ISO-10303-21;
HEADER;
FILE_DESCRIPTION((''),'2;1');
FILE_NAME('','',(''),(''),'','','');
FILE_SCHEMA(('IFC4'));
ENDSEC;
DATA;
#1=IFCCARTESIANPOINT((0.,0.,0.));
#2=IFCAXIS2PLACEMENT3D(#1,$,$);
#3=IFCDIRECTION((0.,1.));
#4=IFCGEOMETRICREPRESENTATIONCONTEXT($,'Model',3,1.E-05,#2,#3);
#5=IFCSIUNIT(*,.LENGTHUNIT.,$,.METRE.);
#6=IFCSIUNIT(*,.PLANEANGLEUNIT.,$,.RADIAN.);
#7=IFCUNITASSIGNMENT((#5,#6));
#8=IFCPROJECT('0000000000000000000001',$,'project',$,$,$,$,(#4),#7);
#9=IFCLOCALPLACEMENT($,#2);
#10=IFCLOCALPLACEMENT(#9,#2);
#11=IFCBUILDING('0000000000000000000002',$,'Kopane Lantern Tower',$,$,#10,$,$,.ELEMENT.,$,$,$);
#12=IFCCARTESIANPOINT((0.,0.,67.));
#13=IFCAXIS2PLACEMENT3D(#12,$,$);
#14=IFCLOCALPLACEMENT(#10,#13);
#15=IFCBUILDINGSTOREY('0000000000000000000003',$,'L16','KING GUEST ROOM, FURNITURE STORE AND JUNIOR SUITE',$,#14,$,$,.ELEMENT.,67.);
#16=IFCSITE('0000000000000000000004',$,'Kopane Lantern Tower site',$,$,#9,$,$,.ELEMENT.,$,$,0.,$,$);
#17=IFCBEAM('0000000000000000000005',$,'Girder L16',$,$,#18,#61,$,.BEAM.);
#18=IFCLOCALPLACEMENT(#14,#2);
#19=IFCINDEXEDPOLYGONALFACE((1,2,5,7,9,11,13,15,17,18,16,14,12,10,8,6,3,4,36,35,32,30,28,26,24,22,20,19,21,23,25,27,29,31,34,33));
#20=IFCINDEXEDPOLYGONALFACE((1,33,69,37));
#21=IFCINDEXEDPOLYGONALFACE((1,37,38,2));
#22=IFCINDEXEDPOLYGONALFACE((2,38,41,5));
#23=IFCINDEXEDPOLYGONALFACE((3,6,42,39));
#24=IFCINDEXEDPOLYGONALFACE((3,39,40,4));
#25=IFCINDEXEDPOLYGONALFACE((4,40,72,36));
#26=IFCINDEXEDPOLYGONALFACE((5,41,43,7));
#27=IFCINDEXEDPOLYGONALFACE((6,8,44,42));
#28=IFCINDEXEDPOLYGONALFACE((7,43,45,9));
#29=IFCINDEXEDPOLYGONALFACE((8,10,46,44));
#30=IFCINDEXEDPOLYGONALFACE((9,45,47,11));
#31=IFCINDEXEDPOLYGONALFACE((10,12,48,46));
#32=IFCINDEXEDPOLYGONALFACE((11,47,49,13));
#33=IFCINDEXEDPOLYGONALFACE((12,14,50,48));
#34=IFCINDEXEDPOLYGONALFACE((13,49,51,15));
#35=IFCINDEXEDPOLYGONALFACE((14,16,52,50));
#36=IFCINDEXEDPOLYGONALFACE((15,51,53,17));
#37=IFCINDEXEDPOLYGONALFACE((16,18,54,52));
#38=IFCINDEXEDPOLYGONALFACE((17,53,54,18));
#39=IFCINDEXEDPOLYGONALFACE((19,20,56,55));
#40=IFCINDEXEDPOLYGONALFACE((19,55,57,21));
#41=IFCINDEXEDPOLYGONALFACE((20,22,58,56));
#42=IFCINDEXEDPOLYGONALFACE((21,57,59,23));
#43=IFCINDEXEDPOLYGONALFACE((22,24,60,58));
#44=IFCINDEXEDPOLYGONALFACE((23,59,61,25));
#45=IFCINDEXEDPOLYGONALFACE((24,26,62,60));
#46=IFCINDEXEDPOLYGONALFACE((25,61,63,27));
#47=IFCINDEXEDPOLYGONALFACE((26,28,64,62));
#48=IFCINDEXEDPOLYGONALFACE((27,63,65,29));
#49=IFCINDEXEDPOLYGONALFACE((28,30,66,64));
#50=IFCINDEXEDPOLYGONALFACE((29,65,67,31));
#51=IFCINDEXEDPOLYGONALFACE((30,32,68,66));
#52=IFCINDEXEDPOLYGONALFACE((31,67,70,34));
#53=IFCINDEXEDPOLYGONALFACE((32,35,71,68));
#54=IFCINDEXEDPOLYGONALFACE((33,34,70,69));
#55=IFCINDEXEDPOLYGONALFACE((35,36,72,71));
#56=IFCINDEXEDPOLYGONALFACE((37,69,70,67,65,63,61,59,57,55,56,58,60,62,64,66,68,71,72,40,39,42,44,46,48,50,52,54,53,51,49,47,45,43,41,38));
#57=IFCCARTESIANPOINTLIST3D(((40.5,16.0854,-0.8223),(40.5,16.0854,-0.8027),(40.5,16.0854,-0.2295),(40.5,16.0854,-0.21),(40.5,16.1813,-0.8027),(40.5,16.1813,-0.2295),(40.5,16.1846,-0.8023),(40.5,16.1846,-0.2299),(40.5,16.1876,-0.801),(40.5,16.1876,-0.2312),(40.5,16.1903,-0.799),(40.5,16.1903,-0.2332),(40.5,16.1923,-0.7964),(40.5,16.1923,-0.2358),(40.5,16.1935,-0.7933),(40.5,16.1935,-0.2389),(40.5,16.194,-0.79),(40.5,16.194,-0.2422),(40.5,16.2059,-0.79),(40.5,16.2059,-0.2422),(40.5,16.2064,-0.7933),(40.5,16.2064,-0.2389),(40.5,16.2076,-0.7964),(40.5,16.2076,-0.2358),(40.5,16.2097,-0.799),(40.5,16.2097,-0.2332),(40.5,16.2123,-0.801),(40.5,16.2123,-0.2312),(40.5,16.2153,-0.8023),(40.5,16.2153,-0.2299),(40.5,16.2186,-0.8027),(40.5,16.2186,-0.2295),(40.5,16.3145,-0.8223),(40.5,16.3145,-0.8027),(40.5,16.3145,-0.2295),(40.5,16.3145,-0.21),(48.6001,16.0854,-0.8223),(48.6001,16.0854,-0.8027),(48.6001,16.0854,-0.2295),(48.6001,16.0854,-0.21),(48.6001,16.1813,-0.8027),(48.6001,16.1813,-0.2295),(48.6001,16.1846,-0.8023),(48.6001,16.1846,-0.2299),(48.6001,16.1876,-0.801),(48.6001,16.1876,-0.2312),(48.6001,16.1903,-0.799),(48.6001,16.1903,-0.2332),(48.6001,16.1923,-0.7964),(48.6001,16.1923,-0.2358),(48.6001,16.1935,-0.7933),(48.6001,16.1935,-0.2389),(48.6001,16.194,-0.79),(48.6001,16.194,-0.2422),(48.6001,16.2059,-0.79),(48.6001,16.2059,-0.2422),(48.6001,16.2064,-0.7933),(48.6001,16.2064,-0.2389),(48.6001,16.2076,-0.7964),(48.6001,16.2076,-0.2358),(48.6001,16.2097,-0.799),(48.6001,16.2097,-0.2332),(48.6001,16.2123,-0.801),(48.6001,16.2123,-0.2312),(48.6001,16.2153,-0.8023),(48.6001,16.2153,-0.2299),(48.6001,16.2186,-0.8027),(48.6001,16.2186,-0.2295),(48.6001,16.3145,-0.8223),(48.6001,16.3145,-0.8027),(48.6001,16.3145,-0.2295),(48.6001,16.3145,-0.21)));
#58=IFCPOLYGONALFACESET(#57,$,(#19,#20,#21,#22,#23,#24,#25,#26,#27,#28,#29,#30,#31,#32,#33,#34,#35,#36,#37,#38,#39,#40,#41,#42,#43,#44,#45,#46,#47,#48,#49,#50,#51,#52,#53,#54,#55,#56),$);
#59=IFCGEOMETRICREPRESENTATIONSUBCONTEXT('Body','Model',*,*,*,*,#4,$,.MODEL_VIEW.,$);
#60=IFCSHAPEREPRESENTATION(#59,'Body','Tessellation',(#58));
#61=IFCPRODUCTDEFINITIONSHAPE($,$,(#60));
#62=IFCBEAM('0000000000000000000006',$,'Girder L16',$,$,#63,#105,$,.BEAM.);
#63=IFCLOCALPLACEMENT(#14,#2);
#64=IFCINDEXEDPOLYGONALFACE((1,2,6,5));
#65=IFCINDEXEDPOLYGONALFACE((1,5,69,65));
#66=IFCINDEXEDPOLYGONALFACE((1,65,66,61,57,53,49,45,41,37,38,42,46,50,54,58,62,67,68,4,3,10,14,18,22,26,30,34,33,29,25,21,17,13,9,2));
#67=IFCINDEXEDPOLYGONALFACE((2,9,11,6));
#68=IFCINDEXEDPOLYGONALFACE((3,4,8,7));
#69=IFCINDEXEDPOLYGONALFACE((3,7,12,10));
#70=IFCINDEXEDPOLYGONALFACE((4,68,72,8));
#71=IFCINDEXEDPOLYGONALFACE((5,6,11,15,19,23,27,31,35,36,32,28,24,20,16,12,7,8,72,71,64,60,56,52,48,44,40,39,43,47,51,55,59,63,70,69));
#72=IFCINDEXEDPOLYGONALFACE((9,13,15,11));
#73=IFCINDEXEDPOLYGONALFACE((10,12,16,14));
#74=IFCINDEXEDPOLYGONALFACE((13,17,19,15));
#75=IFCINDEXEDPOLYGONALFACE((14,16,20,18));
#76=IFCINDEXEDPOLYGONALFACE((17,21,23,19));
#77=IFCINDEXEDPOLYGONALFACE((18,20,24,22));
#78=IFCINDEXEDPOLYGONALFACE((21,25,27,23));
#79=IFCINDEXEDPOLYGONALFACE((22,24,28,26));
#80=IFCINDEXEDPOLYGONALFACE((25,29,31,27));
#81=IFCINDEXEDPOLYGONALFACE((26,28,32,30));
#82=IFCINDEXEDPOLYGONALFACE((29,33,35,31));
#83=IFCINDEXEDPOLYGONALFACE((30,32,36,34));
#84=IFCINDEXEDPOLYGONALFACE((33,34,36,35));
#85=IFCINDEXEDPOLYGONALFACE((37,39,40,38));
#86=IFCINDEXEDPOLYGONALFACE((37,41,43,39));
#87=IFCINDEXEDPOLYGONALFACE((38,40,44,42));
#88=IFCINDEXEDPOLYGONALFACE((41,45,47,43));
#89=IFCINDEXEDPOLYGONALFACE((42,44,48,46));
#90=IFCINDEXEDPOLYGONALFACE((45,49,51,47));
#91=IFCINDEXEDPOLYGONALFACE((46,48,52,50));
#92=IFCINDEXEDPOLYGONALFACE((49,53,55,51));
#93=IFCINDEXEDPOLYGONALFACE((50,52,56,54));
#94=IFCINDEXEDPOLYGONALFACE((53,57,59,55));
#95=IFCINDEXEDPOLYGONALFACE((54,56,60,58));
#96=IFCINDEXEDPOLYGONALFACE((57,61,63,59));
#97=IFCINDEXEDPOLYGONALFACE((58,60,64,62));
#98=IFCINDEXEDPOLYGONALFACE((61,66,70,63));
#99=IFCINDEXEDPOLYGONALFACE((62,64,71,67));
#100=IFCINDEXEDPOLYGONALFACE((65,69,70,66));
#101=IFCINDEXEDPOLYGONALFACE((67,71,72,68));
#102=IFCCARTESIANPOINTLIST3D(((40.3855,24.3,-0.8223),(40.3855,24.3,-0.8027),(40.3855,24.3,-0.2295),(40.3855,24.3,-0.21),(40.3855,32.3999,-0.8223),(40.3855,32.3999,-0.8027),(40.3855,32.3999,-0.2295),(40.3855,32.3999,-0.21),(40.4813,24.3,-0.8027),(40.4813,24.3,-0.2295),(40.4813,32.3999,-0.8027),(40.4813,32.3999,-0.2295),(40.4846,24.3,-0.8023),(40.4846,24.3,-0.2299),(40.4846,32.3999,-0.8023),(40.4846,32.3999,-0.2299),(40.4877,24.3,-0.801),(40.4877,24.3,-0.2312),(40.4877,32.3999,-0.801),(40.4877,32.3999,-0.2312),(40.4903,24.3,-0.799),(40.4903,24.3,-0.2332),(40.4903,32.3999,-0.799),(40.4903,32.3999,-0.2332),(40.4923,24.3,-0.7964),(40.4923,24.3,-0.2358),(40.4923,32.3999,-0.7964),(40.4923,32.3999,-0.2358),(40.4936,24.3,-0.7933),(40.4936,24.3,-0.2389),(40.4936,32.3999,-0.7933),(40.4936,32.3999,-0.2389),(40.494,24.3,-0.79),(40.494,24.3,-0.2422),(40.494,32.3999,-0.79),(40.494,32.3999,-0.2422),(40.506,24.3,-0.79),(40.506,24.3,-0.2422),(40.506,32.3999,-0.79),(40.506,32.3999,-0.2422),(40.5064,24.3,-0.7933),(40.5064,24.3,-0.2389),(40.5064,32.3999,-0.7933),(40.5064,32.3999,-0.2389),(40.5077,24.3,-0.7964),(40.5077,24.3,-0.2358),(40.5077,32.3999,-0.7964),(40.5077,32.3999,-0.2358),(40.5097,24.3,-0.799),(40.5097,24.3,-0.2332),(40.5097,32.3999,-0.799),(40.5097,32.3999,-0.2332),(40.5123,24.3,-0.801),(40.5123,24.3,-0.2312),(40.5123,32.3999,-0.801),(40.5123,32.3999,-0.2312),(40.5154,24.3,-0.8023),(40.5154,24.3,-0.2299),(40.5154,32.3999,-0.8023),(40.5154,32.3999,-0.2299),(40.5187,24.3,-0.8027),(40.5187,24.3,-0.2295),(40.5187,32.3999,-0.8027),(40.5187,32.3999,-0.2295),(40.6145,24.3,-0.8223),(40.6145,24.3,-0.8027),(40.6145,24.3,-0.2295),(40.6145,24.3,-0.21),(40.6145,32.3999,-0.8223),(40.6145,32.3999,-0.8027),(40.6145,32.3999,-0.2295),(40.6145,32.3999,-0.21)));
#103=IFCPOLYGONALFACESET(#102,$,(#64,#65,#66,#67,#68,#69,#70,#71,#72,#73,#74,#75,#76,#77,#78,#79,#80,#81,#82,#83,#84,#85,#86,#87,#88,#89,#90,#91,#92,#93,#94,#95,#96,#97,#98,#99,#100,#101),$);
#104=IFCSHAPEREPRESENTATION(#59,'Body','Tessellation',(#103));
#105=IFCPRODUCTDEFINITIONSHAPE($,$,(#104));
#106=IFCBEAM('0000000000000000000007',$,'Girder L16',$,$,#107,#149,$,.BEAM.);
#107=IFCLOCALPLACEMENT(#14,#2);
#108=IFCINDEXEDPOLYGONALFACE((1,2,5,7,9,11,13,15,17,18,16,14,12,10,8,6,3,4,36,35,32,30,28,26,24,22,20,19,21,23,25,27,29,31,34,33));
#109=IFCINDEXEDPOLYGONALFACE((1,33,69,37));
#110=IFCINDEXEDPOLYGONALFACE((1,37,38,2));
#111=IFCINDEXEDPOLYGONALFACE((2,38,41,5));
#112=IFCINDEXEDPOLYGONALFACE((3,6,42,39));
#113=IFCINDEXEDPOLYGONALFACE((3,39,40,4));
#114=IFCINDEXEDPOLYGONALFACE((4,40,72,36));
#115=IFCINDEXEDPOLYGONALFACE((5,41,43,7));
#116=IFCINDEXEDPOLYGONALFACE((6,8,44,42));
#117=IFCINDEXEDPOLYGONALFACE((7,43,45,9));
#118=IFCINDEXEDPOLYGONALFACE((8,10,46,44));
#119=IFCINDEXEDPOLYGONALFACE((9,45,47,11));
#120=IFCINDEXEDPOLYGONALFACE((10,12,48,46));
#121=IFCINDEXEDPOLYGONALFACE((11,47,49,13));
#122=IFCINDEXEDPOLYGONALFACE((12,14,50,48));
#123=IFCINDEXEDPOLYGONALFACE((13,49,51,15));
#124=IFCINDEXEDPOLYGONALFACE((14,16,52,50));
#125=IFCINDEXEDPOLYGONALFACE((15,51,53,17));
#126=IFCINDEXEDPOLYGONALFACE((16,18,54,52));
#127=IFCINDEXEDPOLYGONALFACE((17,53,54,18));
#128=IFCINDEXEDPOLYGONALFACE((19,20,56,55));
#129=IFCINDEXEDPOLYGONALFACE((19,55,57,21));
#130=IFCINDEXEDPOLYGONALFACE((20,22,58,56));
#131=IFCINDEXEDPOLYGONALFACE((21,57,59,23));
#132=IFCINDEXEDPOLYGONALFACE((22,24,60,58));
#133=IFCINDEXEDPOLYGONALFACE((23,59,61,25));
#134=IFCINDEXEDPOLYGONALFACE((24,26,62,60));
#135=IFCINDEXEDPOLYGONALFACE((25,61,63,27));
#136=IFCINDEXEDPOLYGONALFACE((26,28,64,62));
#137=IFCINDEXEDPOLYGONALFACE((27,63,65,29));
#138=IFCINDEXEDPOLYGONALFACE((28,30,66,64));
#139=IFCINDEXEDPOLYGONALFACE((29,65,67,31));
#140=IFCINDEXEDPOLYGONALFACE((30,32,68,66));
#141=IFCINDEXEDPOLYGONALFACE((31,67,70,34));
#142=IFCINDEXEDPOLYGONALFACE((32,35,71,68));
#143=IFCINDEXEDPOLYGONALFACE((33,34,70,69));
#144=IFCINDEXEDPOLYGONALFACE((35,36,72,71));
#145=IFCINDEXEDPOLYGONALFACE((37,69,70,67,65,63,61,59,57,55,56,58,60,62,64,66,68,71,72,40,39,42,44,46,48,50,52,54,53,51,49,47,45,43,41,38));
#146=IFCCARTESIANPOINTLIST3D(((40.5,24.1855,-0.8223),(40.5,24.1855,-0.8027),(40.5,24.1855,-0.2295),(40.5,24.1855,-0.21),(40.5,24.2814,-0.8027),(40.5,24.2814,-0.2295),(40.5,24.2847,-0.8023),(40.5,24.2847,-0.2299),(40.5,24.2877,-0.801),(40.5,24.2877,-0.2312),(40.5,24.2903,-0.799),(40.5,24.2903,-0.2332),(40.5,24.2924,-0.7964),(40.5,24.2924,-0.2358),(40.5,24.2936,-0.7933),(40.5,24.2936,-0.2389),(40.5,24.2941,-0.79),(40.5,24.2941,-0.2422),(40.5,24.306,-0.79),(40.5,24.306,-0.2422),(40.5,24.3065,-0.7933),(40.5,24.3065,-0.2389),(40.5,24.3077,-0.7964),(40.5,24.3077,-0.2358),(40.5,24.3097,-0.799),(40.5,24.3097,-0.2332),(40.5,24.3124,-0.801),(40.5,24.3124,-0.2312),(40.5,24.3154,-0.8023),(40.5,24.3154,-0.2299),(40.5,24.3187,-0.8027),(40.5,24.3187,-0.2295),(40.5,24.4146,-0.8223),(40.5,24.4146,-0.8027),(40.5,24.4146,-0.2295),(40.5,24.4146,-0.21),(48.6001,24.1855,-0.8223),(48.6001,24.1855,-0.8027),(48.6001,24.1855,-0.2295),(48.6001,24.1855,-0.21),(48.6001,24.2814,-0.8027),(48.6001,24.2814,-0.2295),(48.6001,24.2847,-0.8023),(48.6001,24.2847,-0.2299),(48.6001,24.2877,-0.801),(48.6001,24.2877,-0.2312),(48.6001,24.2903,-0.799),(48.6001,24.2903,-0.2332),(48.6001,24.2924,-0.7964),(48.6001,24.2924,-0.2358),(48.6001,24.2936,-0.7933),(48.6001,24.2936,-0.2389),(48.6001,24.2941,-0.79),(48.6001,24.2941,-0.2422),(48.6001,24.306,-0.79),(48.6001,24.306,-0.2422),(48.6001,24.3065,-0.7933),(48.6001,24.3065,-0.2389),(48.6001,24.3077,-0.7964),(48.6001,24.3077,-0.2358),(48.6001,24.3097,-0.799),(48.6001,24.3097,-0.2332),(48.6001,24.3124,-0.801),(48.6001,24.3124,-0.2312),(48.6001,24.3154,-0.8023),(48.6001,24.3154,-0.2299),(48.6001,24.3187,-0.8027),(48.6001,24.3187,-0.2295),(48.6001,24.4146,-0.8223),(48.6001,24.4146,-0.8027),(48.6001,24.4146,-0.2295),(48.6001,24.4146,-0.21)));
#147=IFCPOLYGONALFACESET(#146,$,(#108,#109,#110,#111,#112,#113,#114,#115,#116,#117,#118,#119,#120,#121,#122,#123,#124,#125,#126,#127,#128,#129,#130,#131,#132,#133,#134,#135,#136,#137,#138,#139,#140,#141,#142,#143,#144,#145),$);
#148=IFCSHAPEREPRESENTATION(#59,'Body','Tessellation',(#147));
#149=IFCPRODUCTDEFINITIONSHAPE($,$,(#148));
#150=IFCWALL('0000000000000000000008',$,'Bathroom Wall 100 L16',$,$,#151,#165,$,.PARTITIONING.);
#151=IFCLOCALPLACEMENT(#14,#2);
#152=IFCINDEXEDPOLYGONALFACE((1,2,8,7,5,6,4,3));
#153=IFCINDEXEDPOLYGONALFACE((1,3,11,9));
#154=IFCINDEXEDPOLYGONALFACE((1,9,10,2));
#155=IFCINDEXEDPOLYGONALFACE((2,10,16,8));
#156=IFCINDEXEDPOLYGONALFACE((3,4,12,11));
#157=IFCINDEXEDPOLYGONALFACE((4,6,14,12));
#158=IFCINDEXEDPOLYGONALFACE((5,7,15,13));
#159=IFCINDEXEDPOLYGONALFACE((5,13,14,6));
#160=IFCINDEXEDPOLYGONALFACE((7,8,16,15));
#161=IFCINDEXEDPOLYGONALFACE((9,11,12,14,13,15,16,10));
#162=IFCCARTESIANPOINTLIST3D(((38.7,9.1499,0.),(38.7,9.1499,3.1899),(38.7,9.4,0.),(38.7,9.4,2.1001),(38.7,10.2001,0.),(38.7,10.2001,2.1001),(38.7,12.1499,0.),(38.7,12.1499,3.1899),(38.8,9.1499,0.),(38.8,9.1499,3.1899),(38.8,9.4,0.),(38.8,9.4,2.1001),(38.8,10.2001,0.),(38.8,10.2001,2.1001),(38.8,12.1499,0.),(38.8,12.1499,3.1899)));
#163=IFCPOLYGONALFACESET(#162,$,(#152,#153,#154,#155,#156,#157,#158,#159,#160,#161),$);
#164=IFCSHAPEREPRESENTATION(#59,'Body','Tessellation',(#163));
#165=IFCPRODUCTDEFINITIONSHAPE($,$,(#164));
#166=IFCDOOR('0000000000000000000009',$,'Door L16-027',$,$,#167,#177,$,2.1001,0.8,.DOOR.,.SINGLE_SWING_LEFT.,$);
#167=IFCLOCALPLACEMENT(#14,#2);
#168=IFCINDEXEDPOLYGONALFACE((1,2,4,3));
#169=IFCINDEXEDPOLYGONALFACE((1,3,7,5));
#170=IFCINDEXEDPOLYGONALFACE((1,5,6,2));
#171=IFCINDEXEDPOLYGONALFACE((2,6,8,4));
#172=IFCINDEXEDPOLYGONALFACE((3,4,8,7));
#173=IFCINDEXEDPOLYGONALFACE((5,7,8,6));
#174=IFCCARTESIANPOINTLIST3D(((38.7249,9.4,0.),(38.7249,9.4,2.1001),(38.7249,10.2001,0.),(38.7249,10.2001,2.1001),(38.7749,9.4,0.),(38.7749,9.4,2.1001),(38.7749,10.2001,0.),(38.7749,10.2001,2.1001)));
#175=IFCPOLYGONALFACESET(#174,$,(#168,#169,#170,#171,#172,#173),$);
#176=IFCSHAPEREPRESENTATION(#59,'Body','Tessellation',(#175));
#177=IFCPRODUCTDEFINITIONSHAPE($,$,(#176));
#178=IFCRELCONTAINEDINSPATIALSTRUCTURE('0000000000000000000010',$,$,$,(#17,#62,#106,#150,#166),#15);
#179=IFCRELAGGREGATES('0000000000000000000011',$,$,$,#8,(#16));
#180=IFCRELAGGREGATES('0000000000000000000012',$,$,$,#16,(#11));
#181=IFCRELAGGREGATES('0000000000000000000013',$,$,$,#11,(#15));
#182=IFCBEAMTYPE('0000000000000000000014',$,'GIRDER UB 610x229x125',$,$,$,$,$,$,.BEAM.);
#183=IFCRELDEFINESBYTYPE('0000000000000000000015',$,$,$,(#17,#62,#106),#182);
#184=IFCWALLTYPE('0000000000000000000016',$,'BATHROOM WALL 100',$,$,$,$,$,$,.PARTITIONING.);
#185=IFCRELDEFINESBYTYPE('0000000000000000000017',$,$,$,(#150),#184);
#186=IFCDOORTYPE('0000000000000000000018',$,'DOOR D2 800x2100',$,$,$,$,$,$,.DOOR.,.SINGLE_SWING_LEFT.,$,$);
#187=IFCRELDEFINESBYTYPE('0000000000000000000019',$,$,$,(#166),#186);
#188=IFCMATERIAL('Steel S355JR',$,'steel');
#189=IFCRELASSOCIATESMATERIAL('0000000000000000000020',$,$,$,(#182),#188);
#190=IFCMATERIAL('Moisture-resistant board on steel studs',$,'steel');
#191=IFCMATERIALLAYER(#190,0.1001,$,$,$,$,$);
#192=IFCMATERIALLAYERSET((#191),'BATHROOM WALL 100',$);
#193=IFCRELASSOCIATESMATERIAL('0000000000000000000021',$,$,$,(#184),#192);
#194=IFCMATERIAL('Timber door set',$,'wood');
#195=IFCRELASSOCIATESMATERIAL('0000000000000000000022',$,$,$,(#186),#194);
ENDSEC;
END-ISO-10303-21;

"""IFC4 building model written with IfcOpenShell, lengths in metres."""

from ifc_helpers import new_model, si_unit, direction, frame, frame_2d, origin, origin_2d, place, context, subcontext, project, spatial, rectangle, i_section, extrude, material, layer, layer_set, material_profile, profile_set, type_object, element, fill, save


model = new_model("IFC4")

# Units and contexts
model_context = context("Model", 3, precision=1e-05, world=origin(), true_north=direction((0.0, 1.0)))
body_context = subcontext(model_context, "Body", "Model", "MODEL_VIEW")
ifc_project = project(units=[si_unit("LENGTHUNIT", "METRE"), si_unit("PLANEANGLEUNIT", "RADIAN")], contexts=[model_context])

# Site, building, storey
site_placement = place(None, origin())
site = spatial("IfcSite", under=ifc_project, at=site_placement, Name="Kopane Lantern Tower site", CompositionType="ELEMENT", RefElevation=0.0)
building_placement = place(site_placement, origin())
building = spatial("IfcBuilding", under=site, at=building_placement, Name="Kopane Lantern Tower", CompositionType="ELEMENT")
storey_placement = place(building_placement, frame((0.0, 0.0, 67.0)))
storey = spatial("IfcBuildingStorey", under=building, at=storey_placement, Name="L16", Description="KING GUEST ROOM, FURNITURE STORE AND JUNIOR SUITE", CompositionType="ELEMENT", Elevation=67.0)

# Beams
ifc_material_1 = material(Name="Steel S355JR", Category="steel")
ifc_material_profile_1 = material_profile(ifc_material_1, i_section(OverallWidth=0.229, OverallDepth=0.6123, WebThickness=0.012, FlangeThickness=0.0195, FilletRadius=0.0127, at=origin_2d()), Name="UB 610x229x125")
ifc_profile_set_1 = profile_set([ifc_material_profile_1], Name="Steel S355JR")
beam_type_1 = type_object("IfcBeamType", Name="GIRDER UB 610x229x125", PredefinedType="BEAM", material=ifc_profile_set_1)
for number, where, z_axis, x_axis, name in (
    (1, (40.5, 16.2, -0.5161), (1.0, 0.0, 0.0), (0.0, 1.0, 0.0), "Girder L16"),
):
    element("IfcBeam", number, at=place(storey_placement, frame(where, z_axis=z_axis, x_axis=x_axis)), inside=storey, type_object=beam_type_1, Name=name, PredefinedType="BEAM", context=body_context, shape_type="SweptSolid", body=[
        extrude(i_section(OverallWidth=0.229, OverallDepth=0.6123, WebThickness=0.012, FlangeThickness=0.0195, FilletRadius=0.0127, at=origin_2d()), origin(), (0.0, 0.0, 1.0), 8.1001),
    ])
beam_1_placement = place(storey_placement, frame((40.5, 24.3, -0.5161), z_axis=(0.0, 1.0, 0.0), x_axis=(-1.0, 0.0, 0.0)))
element("IfcBeam", 2, at=beam_1_placement, inside=storey, type_object=beam_type_1, Name="Girder L16", PredefinedType="BEAM", context=body_context, shape_type="SweptSolid", body=[
    extrude(i_section(OverallWidth=0.229, OverallDepth=0.6123, WebThickness=0.012, FlangeThickness=0.0195, FilletRadius=0.0127, at=origin_2d()), origin(), (0.0, 0.0, 1.0), 8.0999),
])
beam_2_placement = place(storey_placement, frame((40.5, 24.3, -0.5161), z_axis=(1.0, 0.0, 0.0), x_axis=(0.0, 1.0, 0.0)))
element("IfcBeam", 3, at=beam_2_placement, inside=storey, type_object=beam_type_1, Name="Girder L16", PredefinedType="BEAM", context=body_context, shape_type="SweptSolid", body=[
    extrude(i_section(OverallWidth=0.229, OverallDepth=0.6123, WebThickness=0.012, FlangeThickness=0.0195, FilletRadius=0.0127, at=origin_2d()), origin(), (0.0, 0.0, 1.0), 8.1001),
])

# Wall, opening, door
ifc_material_2 = material(Name="Moisture-resistant board on steel studs", Category="steel")
ifc_layer_1 = layer(ifc_material_2, 0.1001)
ifc_layer_set_1 = layer_set([ifc_layer_1], Name="BATHROOM WALL 100")
wall_type_1 = type_object("IfcWallType", Name="BATHROOM WALL 100", PredefinedType="PARTITIONING", material=ifc_layer_set_1)
wall_1_placement = place(storey_placement, frame((38.75, 12.1499, 0.0), z_axis=(0.0, 0.0, 1.0), x_axis=(0.0, -1.0, 0.0)))
wall_1 = element("IfcWall", 4, at=wall_1_placement, inside=storey, type_object=wall_type_1, Name="Bathroom Wall 100 L16", PredefinedType="PARTITIONING", context=body_context, shape_type="SweptSolid", body=[
    extrude(rectangle(XDim=3.0, YDim=0.1001, at=frame_2d((1.5, 0.0))), origin(), (0.0, 0.0, 1.0), 3.1899),
])
opening_1_placement = place(wall_1_placement, frame((1.95, 0.0, 0.0)))
opening_1 = element("IfcOpeningElement", 5, at=opening_1_placement, cuts=wall_1, PredefinedType="OPENING", context=body_context, shape_type="SweptSolid", body=[
    extrude(rectangle(XDim=0.8, YDim=2.1001, at=frame_2d((0.3999, 1.05))), frame((0.0, 0.0601, 0.0), z_axis=(0.0, -1.0, 0.0), x_axis=(1.0, 0.0, 0.0)), (0.0, 0.0, 1.0), 0.1201),
])
ifc_material_3 = material(Name="Timber door set", Category="wood")
door_type_1 = type_object("IfcDoorType", Name="DOOR D2 800x2100", OperationType="SINGLE_SWING_LEFT", PredefinedType="DOOR", material=ifc_material_3)
door_1_placement = place(opening_1_placement, origin())
door_1 = element("IfcDoor", 6, at=door_1_placement, inside=storey, type_object=door_type_1, Name="Door L16-027", OperationType="SINGLE_SWING_LEFT", OverallHeight=2.1001, OverallWidth=0.8, PredefinedType="DOOR", context=body_context, shape_type="SweptSolid", body=[
    extrude(rectangle(XDim=0.8, YDim=2.1001, at=frame_2d((0.3999, 1.05))), frame((0.0, 0.0249, 0.0), z_axis=(0.0, -1.0, 0.0), x_axis=(1.0, 0.0, 0.0)), (0.0, 0.0, 1.0), 0.05),
])
fill(opening_1, door_1)

save(model, "model.ifc")
